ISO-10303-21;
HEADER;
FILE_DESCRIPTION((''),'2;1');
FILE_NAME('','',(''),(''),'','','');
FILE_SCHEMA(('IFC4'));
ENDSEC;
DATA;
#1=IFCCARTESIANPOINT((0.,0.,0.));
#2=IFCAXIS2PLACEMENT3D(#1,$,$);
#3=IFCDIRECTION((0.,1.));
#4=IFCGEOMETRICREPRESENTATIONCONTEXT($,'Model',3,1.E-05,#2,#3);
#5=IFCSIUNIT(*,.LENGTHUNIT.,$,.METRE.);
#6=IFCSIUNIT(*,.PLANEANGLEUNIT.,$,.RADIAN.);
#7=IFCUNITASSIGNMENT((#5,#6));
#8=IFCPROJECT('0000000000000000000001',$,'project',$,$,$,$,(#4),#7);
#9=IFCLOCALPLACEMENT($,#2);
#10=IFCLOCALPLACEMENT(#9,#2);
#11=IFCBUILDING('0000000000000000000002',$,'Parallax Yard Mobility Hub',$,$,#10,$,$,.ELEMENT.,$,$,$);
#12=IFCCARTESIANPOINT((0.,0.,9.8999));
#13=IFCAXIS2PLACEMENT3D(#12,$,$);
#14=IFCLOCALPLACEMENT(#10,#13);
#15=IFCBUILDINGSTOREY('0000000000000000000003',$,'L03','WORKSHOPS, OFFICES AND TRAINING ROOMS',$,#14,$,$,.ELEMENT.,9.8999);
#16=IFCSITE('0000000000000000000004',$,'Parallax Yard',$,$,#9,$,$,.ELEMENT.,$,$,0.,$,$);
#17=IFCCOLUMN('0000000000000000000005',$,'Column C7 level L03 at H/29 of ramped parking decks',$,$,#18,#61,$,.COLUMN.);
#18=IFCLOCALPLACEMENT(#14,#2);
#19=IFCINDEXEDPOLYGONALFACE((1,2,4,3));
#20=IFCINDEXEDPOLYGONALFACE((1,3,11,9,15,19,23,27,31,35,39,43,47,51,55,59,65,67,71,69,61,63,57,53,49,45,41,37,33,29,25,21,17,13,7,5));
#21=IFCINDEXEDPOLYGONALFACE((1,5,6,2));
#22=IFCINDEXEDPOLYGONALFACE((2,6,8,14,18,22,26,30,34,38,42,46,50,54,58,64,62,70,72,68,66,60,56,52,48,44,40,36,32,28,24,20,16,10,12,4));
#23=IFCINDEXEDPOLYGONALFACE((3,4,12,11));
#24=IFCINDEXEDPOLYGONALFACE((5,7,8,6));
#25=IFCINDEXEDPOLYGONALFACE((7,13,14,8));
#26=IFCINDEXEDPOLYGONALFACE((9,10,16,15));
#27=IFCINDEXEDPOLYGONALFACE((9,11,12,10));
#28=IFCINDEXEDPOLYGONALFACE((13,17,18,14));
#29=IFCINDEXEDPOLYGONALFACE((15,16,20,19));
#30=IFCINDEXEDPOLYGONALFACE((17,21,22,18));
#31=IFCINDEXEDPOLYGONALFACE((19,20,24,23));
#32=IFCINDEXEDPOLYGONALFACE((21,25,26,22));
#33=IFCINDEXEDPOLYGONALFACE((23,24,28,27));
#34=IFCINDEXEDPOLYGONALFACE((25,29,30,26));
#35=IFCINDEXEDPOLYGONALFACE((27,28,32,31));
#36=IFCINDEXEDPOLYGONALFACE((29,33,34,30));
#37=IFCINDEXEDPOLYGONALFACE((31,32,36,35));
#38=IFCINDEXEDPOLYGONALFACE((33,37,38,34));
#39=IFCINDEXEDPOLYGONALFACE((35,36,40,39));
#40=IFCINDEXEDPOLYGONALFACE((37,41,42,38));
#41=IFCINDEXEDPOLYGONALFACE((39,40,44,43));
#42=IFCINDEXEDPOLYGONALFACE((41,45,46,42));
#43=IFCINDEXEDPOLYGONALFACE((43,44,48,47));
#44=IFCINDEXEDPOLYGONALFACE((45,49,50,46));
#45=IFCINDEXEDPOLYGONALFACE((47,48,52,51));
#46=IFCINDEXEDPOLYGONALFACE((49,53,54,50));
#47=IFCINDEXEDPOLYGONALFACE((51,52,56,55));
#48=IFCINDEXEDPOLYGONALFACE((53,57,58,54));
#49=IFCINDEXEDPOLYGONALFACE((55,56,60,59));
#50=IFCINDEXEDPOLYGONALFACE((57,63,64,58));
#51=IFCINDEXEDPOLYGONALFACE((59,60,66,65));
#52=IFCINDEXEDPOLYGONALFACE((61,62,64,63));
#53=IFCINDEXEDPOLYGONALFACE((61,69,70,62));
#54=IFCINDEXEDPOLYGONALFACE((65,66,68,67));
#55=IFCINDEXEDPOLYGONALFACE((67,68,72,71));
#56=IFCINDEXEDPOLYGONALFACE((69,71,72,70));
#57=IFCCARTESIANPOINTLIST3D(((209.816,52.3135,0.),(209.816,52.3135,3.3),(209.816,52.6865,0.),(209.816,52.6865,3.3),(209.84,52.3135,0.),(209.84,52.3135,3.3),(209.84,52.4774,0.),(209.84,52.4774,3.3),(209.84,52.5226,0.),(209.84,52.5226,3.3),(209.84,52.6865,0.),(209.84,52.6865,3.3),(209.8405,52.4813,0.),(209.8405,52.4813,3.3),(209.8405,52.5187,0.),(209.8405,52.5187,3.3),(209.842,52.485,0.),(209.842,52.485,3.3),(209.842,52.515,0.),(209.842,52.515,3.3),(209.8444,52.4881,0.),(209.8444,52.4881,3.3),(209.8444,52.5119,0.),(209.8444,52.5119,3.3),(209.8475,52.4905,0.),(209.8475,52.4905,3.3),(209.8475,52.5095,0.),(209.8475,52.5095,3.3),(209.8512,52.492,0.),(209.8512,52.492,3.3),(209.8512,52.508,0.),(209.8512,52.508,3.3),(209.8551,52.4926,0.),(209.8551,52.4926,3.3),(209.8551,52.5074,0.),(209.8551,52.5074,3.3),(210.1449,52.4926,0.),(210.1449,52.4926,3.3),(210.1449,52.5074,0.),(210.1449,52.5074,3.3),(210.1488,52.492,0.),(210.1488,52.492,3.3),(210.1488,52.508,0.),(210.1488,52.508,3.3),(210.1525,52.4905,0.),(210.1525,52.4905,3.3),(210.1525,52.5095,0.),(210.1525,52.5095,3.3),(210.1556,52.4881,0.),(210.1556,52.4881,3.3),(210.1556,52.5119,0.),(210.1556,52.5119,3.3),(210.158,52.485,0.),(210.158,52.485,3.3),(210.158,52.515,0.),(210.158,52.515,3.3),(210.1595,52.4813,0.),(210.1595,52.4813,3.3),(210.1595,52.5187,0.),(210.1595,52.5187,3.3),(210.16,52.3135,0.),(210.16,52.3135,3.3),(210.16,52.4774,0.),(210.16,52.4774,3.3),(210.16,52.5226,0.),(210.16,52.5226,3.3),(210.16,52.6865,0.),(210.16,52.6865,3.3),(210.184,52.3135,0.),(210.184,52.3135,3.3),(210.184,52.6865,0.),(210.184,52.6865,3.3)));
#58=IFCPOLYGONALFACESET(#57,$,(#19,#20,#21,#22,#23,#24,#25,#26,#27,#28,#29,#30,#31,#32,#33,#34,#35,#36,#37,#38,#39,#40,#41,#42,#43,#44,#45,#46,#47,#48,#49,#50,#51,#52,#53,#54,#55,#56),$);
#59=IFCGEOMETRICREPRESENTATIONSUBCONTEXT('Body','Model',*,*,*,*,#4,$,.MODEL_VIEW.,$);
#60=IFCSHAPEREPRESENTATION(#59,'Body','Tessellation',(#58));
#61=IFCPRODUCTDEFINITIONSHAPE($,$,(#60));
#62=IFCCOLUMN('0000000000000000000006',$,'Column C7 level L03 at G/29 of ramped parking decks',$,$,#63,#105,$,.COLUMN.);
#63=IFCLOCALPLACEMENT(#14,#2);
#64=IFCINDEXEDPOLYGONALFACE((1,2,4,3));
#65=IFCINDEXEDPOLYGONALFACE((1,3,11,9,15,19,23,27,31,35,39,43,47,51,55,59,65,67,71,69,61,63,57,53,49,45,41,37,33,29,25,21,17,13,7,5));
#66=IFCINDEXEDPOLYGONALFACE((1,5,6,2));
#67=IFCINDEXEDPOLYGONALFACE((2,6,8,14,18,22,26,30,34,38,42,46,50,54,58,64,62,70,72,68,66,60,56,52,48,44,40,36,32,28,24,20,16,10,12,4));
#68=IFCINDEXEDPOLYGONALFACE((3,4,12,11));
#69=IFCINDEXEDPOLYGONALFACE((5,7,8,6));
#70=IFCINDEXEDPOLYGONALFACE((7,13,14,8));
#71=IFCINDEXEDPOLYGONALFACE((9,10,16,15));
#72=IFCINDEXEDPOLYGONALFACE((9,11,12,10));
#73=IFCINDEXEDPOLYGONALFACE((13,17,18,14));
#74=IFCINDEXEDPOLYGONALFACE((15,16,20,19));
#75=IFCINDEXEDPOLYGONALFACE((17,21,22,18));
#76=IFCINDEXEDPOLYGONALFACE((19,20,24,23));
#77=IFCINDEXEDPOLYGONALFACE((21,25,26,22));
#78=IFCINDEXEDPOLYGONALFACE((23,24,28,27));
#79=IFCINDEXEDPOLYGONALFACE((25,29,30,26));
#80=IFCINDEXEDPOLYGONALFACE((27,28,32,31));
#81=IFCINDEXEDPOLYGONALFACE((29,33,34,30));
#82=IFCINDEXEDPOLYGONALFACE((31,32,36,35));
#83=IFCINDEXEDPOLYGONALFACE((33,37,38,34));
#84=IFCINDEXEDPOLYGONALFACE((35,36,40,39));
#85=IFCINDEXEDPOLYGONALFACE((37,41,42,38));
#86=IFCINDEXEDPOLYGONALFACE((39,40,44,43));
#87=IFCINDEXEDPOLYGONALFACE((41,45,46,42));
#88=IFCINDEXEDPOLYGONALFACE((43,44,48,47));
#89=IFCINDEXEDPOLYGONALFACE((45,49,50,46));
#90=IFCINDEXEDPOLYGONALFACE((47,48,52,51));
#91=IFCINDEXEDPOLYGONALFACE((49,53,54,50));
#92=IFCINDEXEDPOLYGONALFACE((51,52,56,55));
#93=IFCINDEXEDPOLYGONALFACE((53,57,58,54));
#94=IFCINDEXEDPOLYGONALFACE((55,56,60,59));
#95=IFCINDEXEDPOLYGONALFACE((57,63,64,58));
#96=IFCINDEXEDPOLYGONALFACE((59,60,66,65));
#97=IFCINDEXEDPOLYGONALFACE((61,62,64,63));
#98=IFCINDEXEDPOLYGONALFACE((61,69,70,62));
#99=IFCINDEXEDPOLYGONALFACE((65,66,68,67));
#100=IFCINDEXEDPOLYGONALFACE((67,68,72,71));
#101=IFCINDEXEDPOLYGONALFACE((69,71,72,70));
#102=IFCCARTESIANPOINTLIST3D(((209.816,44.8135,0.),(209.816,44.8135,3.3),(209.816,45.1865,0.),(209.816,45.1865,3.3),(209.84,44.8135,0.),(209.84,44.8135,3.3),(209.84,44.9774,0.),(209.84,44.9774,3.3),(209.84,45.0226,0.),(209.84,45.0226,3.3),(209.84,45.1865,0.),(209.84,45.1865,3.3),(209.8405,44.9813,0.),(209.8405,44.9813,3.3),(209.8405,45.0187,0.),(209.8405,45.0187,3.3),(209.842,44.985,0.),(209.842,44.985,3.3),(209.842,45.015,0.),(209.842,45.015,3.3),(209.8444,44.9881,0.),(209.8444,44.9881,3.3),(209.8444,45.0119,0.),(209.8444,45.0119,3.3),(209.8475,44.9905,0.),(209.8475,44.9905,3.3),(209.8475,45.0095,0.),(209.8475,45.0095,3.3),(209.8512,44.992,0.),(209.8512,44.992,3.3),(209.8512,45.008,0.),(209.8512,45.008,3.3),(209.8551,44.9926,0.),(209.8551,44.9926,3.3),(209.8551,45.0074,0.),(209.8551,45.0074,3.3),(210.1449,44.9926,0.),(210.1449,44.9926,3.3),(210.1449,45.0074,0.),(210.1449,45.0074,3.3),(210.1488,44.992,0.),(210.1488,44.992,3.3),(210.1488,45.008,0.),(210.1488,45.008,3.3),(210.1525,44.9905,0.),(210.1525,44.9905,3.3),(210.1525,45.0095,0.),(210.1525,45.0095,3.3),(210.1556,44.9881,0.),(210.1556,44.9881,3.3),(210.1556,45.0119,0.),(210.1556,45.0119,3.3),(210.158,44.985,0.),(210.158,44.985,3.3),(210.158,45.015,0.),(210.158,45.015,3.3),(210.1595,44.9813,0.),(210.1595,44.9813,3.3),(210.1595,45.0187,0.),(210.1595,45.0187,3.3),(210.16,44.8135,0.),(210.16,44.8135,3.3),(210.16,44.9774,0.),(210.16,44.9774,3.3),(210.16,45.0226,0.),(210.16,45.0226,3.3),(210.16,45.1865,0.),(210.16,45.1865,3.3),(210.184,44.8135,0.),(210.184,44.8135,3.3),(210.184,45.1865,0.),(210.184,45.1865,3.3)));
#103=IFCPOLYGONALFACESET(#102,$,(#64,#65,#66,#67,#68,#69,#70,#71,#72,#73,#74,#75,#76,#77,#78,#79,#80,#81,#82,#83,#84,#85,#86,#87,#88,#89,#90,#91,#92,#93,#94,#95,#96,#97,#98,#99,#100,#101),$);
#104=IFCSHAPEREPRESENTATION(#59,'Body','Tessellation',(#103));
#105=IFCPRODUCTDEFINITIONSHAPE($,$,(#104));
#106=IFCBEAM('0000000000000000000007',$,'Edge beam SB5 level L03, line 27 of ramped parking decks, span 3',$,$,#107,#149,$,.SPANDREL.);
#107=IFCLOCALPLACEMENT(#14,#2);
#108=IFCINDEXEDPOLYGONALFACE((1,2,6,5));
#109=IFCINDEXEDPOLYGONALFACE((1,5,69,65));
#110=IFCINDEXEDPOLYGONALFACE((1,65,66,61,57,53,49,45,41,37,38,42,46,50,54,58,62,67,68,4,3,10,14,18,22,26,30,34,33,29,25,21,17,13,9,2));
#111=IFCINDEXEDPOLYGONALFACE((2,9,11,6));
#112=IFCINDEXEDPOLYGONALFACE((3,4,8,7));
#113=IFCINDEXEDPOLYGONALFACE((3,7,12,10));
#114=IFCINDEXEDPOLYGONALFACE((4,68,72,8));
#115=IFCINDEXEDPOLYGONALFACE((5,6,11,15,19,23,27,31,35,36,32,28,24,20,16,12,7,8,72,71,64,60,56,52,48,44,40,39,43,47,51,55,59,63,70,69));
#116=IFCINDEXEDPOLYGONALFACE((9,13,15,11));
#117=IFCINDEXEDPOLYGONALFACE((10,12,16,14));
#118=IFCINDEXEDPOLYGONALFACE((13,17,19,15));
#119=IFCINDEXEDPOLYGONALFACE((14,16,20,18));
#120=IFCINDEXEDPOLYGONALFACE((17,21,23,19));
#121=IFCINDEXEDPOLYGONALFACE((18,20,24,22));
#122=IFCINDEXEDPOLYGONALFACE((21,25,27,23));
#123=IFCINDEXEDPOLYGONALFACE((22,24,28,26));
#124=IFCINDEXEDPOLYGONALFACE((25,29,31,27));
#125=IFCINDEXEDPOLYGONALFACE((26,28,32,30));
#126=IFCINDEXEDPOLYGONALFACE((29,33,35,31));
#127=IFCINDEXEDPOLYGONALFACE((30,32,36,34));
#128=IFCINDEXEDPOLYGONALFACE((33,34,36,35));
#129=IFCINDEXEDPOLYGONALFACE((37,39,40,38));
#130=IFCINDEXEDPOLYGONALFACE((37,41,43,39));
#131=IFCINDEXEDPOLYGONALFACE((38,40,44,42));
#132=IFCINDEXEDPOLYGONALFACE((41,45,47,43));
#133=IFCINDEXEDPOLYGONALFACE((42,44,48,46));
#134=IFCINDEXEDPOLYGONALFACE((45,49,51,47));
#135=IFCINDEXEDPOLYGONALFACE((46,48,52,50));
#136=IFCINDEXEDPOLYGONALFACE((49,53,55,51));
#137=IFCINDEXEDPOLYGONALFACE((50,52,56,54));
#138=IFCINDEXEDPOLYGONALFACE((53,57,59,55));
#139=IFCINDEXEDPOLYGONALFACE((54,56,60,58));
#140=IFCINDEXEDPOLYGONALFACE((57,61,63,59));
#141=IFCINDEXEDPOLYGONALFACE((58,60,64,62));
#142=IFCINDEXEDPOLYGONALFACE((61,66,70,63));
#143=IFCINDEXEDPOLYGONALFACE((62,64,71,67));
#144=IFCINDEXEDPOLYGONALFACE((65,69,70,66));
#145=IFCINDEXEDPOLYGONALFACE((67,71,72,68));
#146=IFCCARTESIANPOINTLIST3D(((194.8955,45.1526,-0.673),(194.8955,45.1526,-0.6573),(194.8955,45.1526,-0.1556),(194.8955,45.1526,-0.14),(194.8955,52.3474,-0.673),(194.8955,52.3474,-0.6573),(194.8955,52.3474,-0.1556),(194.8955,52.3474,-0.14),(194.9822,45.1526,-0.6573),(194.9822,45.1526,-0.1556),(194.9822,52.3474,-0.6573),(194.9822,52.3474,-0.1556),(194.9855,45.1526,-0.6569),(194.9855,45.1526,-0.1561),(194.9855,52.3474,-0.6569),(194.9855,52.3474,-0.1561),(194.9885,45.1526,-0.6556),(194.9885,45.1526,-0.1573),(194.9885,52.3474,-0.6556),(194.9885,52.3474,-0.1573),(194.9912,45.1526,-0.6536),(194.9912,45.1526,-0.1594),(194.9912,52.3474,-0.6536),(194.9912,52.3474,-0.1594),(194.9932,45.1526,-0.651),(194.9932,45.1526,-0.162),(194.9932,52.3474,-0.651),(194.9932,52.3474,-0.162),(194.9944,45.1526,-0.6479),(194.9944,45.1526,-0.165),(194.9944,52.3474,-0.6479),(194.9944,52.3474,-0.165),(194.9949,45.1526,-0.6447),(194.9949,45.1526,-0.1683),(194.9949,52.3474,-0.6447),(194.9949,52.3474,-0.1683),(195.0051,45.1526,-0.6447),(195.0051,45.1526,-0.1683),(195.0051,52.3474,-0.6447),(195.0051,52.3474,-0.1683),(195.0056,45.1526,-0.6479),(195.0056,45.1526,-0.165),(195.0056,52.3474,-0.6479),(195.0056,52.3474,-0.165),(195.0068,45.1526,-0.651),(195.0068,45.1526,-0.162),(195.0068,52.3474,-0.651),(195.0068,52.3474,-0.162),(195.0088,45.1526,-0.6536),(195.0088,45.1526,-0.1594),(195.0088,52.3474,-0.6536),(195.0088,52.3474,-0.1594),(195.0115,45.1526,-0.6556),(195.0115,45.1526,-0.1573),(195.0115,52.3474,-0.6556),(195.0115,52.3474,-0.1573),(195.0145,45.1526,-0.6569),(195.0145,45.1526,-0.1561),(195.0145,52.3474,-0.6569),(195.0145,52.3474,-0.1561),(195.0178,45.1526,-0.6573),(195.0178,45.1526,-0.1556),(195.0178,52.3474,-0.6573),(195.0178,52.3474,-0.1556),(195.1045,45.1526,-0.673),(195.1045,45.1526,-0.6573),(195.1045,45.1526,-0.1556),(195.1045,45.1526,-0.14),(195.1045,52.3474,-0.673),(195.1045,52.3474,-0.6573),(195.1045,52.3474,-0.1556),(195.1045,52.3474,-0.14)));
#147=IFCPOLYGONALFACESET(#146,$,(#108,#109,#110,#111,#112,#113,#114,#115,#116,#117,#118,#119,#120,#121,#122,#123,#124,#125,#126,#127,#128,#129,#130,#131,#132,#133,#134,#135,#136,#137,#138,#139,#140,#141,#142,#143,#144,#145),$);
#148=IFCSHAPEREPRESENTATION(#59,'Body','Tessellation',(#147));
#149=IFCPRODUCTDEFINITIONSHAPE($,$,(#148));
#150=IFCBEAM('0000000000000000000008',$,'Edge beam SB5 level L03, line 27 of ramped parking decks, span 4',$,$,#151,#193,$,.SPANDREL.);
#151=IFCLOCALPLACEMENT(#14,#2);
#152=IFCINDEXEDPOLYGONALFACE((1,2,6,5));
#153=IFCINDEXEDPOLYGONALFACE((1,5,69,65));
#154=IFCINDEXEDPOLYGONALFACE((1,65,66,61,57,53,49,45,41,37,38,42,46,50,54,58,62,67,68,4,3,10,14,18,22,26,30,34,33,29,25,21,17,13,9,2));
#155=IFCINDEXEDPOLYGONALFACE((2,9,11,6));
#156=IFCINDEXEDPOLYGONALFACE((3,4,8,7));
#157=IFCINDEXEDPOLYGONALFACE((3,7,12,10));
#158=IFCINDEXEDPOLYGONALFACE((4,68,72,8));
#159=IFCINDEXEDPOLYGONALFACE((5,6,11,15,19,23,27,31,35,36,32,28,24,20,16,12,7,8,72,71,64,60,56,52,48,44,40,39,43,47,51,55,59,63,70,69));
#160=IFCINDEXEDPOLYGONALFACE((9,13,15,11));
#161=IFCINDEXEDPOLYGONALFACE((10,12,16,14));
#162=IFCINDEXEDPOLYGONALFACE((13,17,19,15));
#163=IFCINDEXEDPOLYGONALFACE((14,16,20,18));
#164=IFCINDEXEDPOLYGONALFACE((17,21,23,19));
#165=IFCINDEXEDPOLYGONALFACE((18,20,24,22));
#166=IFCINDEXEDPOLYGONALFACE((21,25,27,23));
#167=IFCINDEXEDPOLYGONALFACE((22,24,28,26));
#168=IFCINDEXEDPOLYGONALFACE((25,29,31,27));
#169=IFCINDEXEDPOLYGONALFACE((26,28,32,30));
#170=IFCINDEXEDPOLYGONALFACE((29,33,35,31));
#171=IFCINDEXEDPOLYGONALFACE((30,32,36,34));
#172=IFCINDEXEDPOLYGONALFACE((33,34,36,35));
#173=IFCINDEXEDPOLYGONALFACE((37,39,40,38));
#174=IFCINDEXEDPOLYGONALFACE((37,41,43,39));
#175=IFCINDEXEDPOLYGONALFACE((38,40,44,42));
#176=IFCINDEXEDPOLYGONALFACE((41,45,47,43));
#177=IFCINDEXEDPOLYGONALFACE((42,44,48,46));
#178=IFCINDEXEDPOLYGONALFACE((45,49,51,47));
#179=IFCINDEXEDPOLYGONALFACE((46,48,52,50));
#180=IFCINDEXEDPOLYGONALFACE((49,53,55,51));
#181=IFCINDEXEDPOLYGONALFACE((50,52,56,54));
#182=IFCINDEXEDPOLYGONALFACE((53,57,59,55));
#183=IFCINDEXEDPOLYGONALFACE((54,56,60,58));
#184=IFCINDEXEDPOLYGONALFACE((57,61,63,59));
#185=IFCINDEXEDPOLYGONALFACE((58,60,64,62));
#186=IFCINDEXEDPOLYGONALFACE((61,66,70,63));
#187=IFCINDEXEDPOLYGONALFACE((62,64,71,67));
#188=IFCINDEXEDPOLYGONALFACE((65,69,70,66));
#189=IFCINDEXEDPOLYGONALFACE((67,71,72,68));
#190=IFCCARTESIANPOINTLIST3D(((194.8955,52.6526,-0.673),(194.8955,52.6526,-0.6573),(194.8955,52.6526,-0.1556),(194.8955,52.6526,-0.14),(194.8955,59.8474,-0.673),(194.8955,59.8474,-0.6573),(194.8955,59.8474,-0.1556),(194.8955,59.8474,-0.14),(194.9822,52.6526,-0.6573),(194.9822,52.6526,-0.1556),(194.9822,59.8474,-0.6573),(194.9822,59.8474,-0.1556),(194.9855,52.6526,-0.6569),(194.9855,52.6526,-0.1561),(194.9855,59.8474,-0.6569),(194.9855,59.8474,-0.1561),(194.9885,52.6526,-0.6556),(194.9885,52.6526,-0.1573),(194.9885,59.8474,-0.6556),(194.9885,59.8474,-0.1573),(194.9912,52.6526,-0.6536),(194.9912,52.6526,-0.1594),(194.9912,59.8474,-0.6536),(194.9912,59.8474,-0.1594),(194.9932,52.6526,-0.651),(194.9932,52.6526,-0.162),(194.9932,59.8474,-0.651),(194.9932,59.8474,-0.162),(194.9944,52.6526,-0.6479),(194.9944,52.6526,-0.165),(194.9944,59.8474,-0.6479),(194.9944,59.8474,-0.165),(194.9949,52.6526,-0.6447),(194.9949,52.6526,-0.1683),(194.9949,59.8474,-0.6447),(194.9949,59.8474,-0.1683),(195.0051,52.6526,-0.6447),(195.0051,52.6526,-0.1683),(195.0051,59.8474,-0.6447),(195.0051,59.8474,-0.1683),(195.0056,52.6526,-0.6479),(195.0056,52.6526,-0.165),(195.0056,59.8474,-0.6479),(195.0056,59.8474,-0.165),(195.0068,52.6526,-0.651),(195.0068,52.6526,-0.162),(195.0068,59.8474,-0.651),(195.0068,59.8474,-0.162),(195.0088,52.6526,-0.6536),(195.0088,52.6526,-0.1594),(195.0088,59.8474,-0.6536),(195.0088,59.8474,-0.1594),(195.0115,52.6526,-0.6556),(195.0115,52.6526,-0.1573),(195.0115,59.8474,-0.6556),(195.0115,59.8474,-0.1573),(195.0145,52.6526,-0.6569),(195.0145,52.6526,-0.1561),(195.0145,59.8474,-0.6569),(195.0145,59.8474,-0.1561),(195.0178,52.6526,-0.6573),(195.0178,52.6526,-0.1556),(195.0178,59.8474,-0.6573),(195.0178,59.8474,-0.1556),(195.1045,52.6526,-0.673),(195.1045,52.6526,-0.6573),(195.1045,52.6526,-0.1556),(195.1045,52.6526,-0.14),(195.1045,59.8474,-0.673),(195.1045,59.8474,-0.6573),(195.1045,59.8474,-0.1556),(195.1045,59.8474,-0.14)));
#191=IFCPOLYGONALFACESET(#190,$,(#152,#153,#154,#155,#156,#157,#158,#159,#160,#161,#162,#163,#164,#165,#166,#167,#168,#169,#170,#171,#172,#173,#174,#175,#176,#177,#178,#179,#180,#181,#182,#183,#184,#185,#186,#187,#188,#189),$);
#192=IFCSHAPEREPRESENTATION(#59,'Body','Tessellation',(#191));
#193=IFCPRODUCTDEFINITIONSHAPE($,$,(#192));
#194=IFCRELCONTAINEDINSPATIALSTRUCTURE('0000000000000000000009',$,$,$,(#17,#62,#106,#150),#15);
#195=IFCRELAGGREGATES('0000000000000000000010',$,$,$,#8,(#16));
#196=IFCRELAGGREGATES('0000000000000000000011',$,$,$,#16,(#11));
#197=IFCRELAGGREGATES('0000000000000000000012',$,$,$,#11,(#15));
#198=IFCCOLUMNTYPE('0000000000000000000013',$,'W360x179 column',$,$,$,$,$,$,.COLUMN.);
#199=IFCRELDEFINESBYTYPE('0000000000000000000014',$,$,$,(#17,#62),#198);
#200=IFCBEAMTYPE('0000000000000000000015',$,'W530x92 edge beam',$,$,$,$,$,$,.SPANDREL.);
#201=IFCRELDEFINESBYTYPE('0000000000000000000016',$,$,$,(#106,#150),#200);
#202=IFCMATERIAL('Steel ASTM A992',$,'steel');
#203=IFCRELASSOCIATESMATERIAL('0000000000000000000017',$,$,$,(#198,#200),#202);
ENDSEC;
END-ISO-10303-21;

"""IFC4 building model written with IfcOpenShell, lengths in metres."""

from ifc_helpers import new_model, si_unit, direction, frame, origin, origin_2d, place, context, subcontext, project, spatial, i_section, extrude, material, material_profile, profile_set, type_object, element, save


model = new_model("IFC4")

# Units and contexts
model_context = context("Model", 3, precision=1e-05, world=origin(), true_north=direction((0.0, 1.0)))
body_context = subcontext(model_context, "Body", "Model", "MODEL_VIEW")
ifc_project = project(units=[si_unit("LENGTHUNIT", "METRE"), si_unit("PLANEANGLEUNIT", "RADIAN")], contexts=[model_context])

# Site, building, storey
site_placement = place(None, origin())
site = spatial("IfcSite", under=ifc_project, at=site_placement, Name="Parallax Yard", CompositionType="ELEMENT", RefElevation=0.0)
building_placement = place(site_placement, origin())
building = spatial("IfcBuilding", under=site, at=building_placement, Name="Parallax Yard Mobility Hub", CompositionType="ELEMENT")
storey_placement = place(building_placement, frame((0.0, 0.0, 9.8999)))
storey = spatial("IfcBuildingStorey", under=building, at=storey_placement, Name="L03", Description="WORKSHOPS, OFFICES AND TRAINING ROOMS", CompositionType="ELEMENT", Elevation=9.8999)

# Columns
ifc_material_1 = material(Name="Steel ASTM A992", Category="steel")
ifc_material_profile_1 = material_profile(ifc_material_1, i_section(OverallWidth=0.373, OverallDepth=0.3679, WebThickness=0.0149, FlangeThickness=0.0239, FilletRadius=0.0151, at=origin_2d()), Name="W360x179")
ifc_profile_set_1 = profile_set([ifc_material_profile_1], Name="Steel ASTM A992")
column_type_1 = type_object("IfcColumnType", Name="W360x179 column", PredefinedType="COLUMN", material=ifc_profile_set_1)
for number, where, z_axis, x_axis, name in (
    (1, (210.0, 52.5, 0.0), (0.0, 0.0, 1.0), (0.0, 1.0, 0.0), "Column C7 level L03 at H/29 of ramped parking decks"),
    (2, (210.0, 45.0, 0.0), (0.0, 0.0, 1.0), (0.0, 1.0, 0.0), "Column C7 level L03 at G/29 of ramped parking decks"),
):
    element("IfcColumn", number, at=place(storey_placement, frame(where, z_axis=z_axis, x_axis=x_axis)), inside=storey, type_object=column_type_1, Name=name, PredefinedType="COLUMN", context=body_context, shape_type="SweptSolid", body=[
        extrude(i_section(OverallWidth=0.373, OverallDepth=0.3679, WebThickness=0.0149, FlangeThickness=0.0239, FilletRadius=0.0151, at=origin_2d()), origin(), (0.0, 0.0, 1.0), 3.3),
    ])

# Beams
ifc_material_profile_2 = material_profile(ifc_material_1, i_section(OverallWidth=0.209, OverallDepth=0.533, WebThickness=0.0103, FlangeThickness=0.0156, FilletRadius=0.0127, at=origin_2d()), Name="W530x92")
ifc_profile_set_2 = profile_set([ifc_material_profile_2], Name="Steel ASTM A992")
beam_type_1 = type_object("IfcBeamType", Name="W530x92 edge beam", PredefinedType="SPANDREL", material=ifc_profile_set_2)
for number, where, z_axis, x_axis, name in (
    (3, (195.0, 45.1526, -0.4065), (0.0, 1.0, 0.0), (-1.0, 0.0, 0.0), "Edge beam SB5 level L03, line 27 of ramped parking decks, span 3"),
    (4, (195.0, 52.6526, -0.4065), (0.0, 1.0, 0.0), (-1.0, 0.0, 0.0), "Edge beam SB5 level L03, line 27 of ramped parking decks, span 4"),
):
    element("IfcBeam", number, at=place(storey_placement, frame(where, z_axis=z_axis, x_axis=x_axis)), inside=storey, type_object=beam_type_1, Name=name, PredefinedType="SPANDREL", context=body_context, shape_type="SweptSolid", body=[
        extrude(i_section(OverallWidth=0.209, OverallDepth=0.533, WebThickness=0.0103, FlangeThickness=0.0156, FilletRadius=0.0127, at=origin_2d()), origin(), (0.0, 0.0, 1.0), 7.1948),
    ])

save(model, "model.ifc")
